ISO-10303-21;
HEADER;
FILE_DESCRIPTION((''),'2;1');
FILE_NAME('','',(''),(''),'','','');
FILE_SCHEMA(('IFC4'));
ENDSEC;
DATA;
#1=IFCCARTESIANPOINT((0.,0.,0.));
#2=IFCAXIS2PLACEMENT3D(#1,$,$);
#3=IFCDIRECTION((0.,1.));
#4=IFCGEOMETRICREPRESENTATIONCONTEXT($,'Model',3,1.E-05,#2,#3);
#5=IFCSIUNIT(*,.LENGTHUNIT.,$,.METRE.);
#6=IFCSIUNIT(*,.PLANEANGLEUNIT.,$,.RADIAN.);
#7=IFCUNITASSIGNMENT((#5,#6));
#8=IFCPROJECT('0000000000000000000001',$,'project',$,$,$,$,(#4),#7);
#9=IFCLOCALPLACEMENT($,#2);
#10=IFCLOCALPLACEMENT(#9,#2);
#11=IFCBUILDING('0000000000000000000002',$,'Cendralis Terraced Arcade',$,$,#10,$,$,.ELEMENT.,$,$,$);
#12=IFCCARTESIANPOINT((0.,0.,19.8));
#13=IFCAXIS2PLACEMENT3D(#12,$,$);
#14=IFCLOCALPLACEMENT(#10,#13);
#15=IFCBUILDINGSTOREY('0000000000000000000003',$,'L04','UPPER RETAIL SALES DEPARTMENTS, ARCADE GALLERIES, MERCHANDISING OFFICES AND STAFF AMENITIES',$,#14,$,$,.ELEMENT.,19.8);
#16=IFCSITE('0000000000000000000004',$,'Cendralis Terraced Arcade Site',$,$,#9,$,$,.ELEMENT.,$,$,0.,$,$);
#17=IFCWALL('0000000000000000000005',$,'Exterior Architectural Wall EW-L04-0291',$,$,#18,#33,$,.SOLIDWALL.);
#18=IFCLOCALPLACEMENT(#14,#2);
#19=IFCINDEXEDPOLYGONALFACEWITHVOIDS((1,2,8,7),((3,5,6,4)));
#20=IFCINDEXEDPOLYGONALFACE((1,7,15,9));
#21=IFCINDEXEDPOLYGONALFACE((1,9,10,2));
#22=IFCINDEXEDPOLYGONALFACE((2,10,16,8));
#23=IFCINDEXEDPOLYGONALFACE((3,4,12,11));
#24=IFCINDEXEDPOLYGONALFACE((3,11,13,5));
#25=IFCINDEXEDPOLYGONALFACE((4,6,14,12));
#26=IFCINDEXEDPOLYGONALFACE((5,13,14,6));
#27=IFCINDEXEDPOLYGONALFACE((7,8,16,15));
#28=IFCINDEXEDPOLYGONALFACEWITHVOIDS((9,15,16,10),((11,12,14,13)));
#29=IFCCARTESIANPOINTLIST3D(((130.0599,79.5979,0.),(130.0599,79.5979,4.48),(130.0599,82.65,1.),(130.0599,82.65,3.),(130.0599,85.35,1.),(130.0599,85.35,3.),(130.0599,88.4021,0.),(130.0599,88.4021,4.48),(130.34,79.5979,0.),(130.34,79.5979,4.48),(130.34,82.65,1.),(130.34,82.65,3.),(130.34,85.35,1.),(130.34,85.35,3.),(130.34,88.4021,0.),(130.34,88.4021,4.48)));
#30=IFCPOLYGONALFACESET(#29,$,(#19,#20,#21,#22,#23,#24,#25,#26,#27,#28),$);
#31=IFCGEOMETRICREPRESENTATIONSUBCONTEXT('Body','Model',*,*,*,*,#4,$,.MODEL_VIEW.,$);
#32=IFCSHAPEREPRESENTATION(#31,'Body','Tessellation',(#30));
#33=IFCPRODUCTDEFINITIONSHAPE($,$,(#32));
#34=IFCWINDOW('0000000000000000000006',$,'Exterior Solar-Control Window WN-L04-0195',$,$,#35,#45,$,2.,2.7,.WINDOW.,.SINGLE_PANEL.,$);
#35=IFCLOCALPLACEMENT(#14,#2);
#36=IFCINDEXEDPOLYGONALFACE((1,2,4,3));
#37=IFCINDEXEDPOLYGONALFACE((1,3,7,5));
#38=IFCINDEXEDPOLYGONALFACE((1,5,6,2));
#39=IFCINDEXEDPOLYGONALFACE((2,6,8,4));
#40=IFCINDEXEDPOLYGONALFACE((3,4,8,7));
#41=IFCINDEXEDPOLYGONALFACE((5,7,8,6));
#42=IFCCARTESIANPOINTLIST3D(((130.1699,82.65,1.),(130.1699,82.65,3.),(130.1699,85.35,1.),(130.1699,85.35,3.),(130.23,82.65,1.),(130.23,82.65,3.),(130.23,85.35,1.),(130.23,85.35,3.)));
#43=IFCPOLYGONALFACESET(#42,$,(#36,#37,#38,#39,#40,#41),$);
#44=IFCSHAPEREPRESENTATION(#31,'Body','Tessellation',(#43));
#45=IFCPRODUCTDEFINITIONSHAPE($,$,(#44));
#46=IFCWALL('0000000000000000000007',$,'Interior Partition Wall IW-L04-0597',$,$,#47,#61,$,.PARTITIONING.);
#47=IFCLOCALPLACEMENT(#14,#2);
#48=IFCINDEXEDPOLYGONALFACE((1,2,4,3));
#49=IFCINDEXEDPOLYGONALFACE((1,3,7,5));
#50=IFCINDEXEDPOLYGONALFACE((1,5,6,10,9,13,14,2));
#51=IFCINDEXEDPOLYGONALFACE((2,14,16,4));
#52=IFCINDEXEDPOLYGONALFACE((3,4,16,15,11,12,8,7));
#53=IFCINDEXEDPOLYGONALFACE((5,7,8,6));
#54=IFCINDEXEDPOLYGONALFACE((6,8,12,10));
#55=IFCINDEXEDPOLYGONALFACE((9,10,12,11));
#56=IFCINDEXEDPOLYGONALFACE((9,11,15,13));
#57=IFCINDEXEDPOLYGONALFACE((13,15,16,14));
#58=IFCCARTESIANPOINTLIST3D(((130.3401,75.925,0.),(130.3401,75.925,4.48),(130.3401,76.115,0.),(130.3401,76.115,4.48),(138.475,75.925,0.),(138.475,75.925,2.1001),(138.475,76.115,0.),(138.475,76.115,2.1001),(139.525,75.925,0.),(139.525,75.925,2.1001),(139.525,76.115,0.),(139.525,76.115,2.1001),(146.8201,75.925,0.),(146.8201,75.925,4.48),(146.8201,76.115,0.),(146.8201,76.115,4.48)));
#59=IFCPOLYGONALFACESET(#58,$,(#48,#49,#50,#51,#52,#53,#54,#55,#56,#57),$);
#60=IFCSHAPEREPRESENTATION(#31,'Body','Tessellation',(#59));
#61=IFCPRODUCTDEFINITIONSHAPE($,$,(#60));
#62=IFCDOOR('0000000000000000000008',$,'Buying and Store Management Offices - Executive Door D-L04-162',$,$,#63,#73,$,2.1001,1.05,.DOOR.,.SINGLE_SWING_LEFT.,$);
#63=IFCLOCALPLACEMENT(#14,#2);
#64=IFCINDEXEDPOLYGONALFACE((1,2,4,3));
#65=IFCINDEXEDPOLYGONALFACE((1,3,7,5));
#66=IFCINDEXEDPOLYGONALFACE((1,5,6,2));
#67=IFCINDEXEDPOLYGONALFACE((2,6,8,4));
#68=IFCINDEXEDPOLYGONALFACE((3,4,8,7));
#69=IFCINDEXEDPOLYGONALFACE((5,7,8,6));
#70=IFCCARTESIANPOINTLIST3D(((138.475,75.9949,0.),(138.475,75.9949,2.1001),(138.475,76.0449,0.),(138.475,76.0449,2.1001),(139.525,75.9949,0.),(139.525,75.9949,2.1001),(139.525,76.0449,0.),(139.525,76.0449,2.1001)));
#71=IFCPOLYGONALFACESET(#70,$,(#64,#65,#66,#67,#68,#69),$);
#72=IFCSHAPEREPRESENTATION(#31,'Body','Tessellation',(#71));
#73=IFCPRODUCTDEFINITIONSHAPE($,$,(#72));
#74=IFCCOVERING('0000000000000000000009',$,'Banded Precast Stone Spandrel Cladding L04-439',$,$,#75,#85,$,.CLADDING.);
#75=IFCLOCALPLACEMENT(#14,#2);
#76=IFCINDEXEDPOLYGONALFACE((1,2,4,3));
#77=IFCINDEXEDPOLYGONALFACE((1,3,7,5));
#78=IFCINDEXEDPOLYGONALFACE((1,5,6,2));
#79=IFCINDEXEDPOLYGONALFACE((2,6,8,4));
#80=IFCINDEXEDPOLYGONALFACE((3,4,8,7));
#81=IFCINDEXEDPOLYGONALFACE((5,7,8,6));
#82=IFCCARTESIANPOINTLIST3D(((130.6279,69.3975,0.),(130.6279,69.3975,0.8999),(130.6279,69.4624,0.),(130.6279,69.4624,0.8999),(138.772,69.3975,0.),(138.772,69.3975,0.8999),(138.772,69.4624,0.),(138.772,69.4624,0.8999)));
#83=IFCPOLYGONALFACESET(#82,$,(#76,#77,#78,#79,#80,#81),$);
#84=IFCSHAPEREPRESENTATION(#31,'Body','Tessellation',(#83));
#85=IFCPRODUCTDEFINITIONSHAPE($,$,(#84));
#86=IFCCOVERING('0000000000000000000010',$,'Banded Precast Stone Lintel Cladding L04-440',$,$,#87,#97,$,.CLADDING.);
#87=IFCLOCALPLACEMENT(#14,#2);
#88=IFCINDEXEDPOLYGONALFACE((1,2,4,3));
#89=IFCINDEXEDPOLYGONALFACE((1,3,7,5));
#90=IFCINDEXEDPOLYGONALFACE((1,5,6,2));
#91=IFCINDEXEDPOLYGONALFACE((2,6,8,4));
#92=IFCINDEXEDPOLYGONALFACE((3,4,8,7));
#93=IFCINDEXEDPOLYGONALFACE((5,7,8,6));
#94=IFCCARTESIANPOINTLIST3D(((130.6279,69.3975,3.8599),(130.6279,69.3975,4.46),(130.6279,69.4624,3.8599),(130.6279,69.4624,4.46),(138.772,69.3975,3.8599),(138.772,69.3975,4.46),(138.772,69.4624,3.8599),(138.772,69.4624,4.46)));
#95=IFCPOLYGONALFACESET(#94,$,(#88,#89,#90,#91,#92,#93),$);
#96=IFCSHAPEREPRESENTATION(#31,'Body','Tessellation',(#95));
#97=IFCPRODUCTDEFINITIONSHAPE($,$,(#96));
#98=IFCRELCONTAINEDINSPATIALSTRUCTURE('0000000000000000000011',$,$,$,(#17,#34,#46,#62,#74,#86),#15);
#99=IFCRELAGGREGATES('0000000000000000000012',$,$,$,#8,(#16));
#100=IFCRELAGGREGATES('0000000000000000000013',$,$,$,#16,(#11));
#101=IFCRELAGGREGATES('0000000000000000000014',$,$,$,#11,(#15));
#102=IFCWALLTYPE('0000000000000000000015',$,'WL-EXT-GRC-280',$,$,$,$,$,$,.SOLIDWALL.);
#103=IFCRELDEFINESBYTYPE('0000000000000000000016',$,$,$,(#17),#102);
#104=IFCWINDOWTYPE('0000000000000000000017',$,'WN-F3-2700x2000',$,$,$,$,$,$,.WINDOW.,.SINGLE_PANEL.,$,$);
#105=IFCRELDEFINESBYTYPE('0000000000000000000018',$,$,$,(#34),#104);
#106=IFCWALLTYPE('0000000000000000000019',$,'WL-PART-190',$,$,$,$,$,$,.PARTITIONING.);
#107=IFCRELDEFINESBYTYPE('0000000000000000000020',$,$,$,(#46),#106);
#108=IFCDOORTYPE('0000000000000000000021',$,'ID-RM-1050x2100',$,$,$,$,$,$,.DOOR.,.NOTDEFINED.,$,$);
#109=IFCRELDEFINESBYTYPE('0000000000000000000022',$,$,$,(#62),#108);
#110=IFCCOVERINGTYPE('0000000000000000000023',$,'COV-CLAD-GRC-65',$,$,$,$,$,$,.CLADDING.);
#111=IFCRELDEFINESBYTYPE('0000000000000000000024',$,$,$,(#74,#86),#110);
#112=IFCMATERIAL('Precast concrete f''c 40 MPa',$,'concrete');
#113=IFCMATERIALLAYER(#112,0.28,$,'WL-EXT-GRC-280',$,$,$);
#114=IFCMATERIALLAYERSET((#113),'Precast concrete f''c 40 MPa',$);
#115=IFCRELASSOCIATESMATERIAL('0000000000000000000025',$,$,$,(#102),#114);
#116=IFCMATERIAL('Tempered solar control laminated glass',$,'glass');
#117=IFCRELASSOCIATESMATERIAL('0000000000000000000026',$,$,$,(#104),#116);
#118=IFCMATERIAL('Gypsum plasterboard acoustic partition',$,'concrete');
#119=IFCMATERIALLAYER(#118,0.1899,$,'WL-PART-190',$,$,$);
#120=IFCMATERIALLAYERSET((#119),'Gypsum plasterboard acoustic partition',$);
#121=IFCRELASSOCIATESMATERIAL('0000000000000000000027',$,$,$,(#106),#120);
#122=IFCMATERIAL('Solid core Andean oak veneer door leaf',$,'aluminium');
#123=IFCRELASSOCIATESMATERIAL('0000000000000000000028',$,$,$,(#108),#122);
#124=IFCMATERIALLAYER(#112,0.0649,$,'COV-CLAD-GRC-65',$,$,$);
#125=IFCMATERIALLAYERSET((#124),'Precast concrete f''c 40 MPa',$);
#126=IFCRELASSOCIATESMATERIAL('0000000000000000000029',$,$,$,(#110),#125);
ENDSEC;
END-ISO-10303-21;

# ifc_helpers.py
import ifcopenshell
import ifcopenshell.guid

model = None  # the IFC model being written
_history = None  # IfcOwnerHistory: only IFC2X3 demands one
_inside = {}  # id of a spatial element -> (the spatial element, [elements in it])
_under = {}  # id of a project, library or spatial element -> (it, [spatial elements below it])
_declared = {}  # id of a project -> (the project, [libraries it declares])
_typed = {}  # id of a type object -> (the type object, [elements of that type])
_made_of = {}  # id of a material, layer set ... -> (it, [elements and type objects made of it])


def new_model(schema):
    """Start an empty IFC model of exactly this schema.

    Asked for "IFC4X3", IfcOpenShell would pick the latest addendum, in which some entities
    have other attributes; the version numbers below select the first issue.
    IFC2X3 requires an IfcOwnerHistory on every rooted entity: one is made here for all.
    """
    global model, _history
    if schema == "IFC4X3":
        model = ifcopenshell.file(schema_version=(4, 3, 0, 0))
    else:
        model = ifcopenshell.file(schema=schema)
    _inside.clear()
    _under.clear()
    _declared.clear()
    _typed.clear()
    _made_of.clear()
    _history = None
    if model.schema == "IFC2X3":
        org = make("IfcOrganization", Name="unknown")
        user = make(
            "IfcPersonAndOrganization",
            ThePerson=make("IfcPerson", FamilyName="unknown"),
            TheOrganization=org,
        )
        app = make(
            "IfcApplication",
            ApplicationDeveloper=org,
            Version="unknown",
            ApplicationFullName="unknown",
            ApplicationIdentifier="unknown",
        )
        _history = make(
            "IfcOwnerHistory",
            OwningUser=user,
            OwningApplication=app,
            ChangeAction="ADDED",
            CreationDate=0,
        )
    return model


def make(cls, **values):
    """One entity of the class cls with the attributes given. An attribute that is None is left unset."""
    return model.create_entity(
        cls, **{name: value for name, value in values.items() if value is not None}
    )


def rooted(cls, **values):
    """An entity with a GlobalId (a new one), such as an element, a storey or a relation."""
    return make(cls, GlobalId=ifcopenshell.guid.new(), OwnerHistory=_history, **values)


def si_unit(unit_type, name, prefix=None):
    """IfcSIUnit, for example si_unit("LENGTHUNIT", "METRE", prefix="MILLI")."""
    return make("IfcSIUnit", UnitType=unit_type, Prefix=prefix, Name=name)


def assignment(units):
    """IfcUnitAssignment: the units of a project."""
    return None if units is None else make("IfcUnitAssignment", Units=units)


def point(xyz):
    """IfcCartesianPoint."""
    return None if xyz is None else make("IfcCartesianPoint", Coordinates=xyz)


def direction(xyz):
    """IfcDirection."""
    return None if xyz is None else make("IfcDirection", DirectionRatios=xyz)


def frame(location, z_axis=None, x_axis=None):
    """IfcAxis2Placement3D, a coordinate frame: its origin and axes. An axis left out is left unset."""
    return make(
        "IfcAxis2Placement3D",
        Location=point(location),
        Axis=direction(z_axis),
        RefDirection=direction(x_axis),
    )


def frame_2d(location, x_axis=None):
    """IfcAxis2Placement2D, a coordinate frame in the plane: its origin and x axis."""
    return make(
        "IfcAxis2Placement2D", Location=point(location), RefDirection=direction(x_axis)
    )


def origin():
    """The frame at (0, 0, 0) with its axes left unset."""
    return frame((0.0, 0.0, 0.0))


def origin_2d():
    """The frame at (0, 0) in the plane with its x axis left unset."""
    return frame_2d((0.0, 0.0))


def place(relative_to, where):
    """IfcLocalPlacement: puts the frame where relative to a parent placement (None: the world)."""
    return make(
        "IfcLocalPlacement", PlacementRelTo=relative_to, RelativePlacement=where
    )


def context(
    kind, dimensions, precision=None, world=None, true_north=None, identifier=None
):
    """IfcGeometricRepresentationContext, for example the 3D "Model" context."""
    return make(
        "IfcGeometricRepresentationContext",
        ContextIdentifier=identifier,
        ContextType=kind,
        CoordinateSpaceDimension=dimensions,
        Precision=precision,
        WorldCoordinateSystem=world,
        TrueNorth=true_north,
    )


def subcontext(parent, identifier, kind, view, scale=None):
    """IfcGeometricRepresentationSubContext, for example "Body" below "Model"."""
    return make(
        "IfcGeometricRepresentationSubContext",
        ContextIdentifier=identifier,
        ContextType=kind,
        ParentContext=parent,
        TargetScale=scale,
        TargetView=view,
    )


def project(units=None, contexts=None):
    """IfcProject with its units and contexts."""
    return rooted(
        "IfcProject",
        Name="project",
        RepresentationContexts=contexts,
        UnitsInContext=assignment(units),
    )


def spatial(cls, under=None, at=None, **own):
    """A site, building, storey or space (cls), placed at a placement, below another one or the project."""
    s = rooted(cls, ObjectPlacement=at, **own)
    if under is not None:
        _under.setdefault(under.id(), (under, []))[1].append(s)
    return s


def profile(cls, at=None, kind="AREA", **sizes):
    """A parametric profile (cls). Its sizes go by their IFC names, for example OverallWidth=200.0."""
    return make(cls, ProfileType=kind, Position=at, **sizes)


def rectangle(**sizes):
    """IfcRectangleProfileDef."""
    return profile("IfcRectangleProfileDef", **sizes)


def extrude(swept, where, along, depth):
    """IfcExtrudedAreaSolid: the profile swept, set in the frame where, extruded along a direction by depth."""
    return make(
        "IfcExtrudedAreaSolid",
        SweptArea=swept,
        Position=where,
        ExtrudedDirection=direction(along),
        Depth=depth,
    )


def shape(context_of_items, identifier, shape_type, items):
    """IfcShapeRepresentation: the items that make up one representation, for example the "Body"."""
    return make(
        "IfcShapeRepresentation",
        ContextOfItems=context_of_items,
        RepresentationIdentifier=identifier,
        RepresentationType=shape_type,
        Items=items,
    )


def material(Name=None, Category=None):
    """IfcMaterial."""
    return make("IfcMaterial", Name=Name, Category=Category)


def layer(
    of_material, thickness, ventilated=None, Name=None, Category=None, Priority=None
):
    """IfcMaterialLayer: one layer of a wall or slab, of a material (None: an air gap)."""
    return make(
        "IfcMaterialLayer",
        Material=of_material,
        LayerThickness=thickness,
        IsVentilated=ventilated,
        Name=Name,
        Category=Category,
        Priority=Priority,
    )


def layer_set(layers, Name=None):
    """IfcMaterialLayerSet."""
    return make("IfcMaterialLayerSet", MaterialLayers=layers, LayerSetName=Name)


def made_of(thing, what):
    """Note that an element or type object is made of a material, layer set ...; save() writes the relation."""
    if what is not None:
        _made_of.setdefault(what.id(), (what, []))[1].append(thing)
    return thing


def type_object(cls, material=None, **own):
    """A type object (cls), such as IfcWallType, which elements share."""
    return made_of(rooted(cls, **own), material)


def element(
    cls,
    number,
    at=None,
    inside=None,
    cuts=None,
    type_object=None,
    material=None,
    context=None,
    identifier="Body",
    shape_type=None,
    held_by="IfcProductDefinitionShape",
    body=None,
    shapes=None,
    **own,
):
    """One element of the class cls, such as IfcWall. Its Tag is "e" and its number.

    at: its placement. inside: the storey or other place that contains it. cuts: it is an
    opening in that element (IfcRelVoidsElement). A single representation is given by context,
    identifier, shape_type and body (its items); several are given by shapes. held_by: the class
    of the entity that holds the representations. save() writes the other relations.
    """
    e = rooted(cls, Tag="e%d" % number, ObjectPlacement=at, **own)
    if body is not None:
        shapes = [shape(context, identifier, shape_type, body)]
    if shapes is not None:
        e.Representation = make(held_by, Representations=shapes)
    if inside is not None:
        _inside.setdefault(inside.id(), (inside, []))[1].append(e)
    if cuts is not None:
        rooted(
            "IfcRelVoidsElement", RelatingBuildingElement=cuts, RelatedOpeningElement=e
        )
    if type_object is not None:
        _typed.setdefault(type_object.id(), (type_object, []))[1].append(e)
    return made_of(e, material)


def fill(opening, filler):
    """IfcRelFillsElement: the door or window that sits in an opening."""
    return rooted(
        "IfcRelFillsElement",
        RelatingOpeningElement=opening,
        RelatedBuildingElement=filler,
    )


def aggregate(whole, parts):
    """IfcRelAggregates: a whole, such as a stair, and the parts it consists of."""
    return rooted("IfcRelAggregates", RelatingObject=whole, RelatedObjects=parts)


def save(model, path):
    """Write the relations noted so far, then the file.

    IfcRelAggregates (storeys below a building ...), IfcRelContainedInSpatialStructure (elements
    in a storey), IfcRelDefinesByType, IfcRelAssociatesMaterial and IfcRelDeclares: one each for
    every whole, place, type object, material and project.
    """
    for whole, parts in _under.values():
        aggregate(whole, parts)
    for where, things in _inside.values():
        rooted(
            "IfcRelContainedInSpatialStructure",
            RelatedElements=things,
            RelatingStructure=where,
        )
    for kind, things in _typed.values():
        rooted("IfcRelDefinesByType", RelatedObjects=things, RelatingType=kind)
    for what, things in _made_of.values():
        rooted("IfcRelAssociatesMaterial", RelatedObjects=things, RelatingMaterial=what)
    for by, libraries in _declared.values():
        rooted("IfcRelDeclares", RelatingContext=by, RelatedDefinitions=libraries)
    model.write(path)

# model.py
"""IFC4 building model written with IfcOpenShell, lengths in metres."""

from ifc_helpers import new_model, si_unit, direction, frame, frame_2d, origin, origin_2d, place, context, subcontext, project, spatial, rectangle, extrude, material, layer, layer_set, type_object, element, fill, save


model = new_model("IFC4")

# Units and contexts
model_context = context("Model", 3, precision=1e-05, world=origin(), true_north=direction((0.0, 1.0)))
body_context = subcontext(model_context, "Body", "Model", "MODEL_VIEW")
ifc_project = project(units=[si_unit("LENGTHUNIT", "METRE"), si_unit("PLANEANGLEUNIT", "RADIAN")], contexts=[model_context])

# Site, building, storey
site_placement = place(None, origin())
site = spatial("IfcSite", under=ifc_project, at=site_placement, Name="Cendralis Terraced Arcade Site", CompositionType="ELEMENT", RefElevation=0.0)
building_placement = place(site_placement, origin())
building = spatial("IfcBuilding", under=site, at=building_placement, Name="Cendralis Terraced Arcade", CompositionType="ELEMENT")
storey_placement = place(building_placement, frame((0.0, 0.0, 19.8)))
storey = spatial("IfcBuildingStorey", under=building, at=storey_placement, Name="L04", Description="UPPER RETAIL SALES DEPARTMENTS, ARCADE GALLERIES, MERCHANDISING OFFICES AND STAFF AMENITIES", CompositionType="ELEMENT", Elevation=19.8)

# Shared definitions
ifc_material_1 = material(Name="Gypsum plasterboard acoustic partition", Category="concrete")

# Wall, opening, window
ifc_material_2 = material(Name="Precast concrete f'c 40 MPa", Category="concrete")
ifc_layer_1 = layer(ifc_material_2, 0.28, Name="WL-EXT-GRC-280")
ifc_layer_set_1 = layer_set([ifc_layer_1], Name="Precast concrete f'c 40 MPa")
wall_type_1 = type_object("IfcWallType", Name="WL-EXT-GRC-280", PredefinedType="SOLIDWALL", material=ifc_layer_set_1)
ifc_material_3 = material(Name="Tempered solar control laminated glass", Category="glass")
wall_1_placement = place(storey_placement, frame((130.2, 79.5979, 0.0), z_axis=(0.0, 0.0, 1.0), x_axis=(0.0, 1.0, 0.0)))
wall_1 = element("IfcWall", 1, at=wall_1_placement, inside=storey, type_object=wall_type_1, Name="Exterior Architectural Wall EW-L04-0291", PredefinedType="SOLIDWALL", context=body_context, shape_type="SweptSolid", body=[
    extrude(rectangle(XDim=8.8042, YDim=0.28, at=frame_2d((4.4021, 0.0))), origin(), (0.0, 0.0, 1.0), 4.48),
])
opening_1_placement = place(wall_1_placement, frame((3.052, 0.0, 1.0)))
opening_1 = element("IfcOpeningElement", 2, at=opening_1_placement, cuts=wall_1, PredefinedType="OPENING", context=body_context, shape_type="SweptSolid", body=[
    extrude(rectangle(XDim=2.7, YDim=2.0, at=frame_2d((1.3501, 1.0))), frame((0.0, 0.1519, 0.0), z_axis=(0.0, -1.0, 0.0), x_axis=(1.0, 0.0, 0.0)), (0.0, 0.0, 1.0), 0.304),
])
window_type_1 = type_object("IfcWindowType", Name="WN-F3-2700x2000", PartitioningType="SINGLE_PANEL", PredefinedType="WINDOW", material=ifc_material_3)
window_1_placement = place(opening_1_placement, origin())
window_1 = element("IfcWindow", 3, at=window_1_placement, inside=storey, type_object=window_type_1, Name="Exterior Solar-Control Window WN-L04-0195", OverallHeight=2.0, OverallWidth=2.7, PartitioningType="SINGLE_PANEL", PredefinedType="WINDOW", context=body_context, shape_type="SweptSolid", body=[
    extrude(rectangle(XDim=2.7, YDim=2.0, at=frame_2d((1.3501, 1.0))), frame((0.0, 0.03, 0.0), z_axis=(0.0, -1.0, 0.0), x_axis=(1.0, 0.0, 0.0)), (0.0, 0.0, 1.0), 0.0601),
])
fill(opening_1, window_1)

# Wall, opening, door
ifc_layer_2 = layer(ifc_material_1, 0.1899, Name="WL-PART-190")
ifc_layer_set_2 = layer_set([ifc_layer_2], Name="Gypsum plasterboard acoustic partition")
wall_type_2 = type_object("IfcWallType", Name="WL-PART-190", PredefinedType="PARTITIONING", material=ifc_layer_set_2)
wall_2_placement = place(storey_placement, frame((130.3401, 76.02, 0.0), z_axis=(0.0, 0.0, 1.0), x_axis=(1.0, 0.0, 0.0)))
wall_2 = element("IfcWall", 4, at=wall_2_placement, inside=storey, type_object=wall_type_2, Name="Interior Partition Wall IW-L04-0597", PredefinedType="PARTITIONING", context=body_context, shape_type="SweptSolid", body=[
    extrude(rectangle(XDim=16.48, YDim=0.1899, at=frame_2d((8.24, 0.0))), origin(), (0.0, 0.0, 1.0), 4.48),
])
opening_2_placement = place(wall_2_placement, frame((8.135, 0.0, 0.0)))
opening_2 = element("IfcOpeningElement", 5, at=opening_2_placement, cuts=wall_2, PredefinedType="OPENING", context=body_context, shape_type="SweptSolid", body=[
    extrude(rectangle(XDim=1.05, YDim=2.1001, at=frame_2d((0.5249, 1.05))), frame((0.0, 0.1069, 0.0), z_axis=(0.0, -1.0, 0.0), x_axis=(1.0, 0.0, 0.0)), (0.0, 0.0, 1.0), 0.2139),
])
ifc_material_4 = material(Name="Solid core Andean oak veneer door leaf", Category="aluminium")
door_type_1 = type_object("IfcDoorType", Name="ID-RM-1050x2100", OperationType="NOTDEFINED", PredefinedType="DOOR", material=ifc_material_4)
door_1_placement = place(opening_2_placement, origin())
door_1 = element("IfcDoor", 6, at=door_1_placement, inside=storey, type_object=door_type_1, Name="Buying and Store Management Offices - Executive Door D-L04-162", OperationType="SINGLE_SWING_LEFT", OverallHeight=2.1001, OverallWidth=1.05, PredefinedType="DOOR", context=body_context, shape_type="SweptSolid", body=[
    extrude(rectangle(XDim=1.05, YDim=2.1001, at=frame_2d((0.5249, 1.05))), frame((0.0, 0.0249, 0.0), z_axis=(0.0, -1.0, 0.0), x_axis=(1.0, 0.0, 0.0)), (0.0, 0.0, 1.0), 0.05),
])
fill(opening_2, door_1)

# Coverings
ifc_layer_3 = layer(ifc_material_2, 0.0649, Name="COV-CLAD-GRC-65")
ifc_layer_set_3 = layer_set([ifc_layer_3], Name="Precast concrete f'c 40 MPa")
covering_type = type_object("IfcCoveringType", Name="COV-CLAD-GRC-65", PredefinedType="CLADDING", material=ifc_layer_set_3)
covering_1_placement = place(storey_placement, frame((134.7, 69.4299, 0.0), z_axis=(0.0, 0.0, 1.0), x_axis=(-1.0, 0.0, 0.0)))
element("IfcCovering", 7, at=covering_1_placement, inside=storey, type_object=covering_type, Name="Banded Precast Stone Spandrel Cladding L04-439", PredefinedType="CLADDING", context=body_context, shape_type="SweptSolid", body=[
    extrude(rectangle(XDim=8.144, YDim=0.0649, at=origin_2d()), origin(), (0.0, 0.0, 1.0), 0.8999),
])
covering_2_placement = place(storey_placement, frame((134.7, 69.4299, 3.8599), z_axis=(0.0, 0.0, 1.0), x_axis=(-1.0, 0.0, 0.0)))
element("IfcCovering", 8, at=covering_2_placement, inside=storey, type_object=covering_type, Name="Banded Precast Stone Lintel Cladding L04-440", PredefinedType="CLADDING", context=body_context, shape_type="SweptSolid", body=[
    extrude(rectangle(XDim=8.144, YDim=0.0649, at=origin_2d()), origin(), (0.0, 0.0, 1.0), 0.6001),
])

save(model, "model.ifc")
